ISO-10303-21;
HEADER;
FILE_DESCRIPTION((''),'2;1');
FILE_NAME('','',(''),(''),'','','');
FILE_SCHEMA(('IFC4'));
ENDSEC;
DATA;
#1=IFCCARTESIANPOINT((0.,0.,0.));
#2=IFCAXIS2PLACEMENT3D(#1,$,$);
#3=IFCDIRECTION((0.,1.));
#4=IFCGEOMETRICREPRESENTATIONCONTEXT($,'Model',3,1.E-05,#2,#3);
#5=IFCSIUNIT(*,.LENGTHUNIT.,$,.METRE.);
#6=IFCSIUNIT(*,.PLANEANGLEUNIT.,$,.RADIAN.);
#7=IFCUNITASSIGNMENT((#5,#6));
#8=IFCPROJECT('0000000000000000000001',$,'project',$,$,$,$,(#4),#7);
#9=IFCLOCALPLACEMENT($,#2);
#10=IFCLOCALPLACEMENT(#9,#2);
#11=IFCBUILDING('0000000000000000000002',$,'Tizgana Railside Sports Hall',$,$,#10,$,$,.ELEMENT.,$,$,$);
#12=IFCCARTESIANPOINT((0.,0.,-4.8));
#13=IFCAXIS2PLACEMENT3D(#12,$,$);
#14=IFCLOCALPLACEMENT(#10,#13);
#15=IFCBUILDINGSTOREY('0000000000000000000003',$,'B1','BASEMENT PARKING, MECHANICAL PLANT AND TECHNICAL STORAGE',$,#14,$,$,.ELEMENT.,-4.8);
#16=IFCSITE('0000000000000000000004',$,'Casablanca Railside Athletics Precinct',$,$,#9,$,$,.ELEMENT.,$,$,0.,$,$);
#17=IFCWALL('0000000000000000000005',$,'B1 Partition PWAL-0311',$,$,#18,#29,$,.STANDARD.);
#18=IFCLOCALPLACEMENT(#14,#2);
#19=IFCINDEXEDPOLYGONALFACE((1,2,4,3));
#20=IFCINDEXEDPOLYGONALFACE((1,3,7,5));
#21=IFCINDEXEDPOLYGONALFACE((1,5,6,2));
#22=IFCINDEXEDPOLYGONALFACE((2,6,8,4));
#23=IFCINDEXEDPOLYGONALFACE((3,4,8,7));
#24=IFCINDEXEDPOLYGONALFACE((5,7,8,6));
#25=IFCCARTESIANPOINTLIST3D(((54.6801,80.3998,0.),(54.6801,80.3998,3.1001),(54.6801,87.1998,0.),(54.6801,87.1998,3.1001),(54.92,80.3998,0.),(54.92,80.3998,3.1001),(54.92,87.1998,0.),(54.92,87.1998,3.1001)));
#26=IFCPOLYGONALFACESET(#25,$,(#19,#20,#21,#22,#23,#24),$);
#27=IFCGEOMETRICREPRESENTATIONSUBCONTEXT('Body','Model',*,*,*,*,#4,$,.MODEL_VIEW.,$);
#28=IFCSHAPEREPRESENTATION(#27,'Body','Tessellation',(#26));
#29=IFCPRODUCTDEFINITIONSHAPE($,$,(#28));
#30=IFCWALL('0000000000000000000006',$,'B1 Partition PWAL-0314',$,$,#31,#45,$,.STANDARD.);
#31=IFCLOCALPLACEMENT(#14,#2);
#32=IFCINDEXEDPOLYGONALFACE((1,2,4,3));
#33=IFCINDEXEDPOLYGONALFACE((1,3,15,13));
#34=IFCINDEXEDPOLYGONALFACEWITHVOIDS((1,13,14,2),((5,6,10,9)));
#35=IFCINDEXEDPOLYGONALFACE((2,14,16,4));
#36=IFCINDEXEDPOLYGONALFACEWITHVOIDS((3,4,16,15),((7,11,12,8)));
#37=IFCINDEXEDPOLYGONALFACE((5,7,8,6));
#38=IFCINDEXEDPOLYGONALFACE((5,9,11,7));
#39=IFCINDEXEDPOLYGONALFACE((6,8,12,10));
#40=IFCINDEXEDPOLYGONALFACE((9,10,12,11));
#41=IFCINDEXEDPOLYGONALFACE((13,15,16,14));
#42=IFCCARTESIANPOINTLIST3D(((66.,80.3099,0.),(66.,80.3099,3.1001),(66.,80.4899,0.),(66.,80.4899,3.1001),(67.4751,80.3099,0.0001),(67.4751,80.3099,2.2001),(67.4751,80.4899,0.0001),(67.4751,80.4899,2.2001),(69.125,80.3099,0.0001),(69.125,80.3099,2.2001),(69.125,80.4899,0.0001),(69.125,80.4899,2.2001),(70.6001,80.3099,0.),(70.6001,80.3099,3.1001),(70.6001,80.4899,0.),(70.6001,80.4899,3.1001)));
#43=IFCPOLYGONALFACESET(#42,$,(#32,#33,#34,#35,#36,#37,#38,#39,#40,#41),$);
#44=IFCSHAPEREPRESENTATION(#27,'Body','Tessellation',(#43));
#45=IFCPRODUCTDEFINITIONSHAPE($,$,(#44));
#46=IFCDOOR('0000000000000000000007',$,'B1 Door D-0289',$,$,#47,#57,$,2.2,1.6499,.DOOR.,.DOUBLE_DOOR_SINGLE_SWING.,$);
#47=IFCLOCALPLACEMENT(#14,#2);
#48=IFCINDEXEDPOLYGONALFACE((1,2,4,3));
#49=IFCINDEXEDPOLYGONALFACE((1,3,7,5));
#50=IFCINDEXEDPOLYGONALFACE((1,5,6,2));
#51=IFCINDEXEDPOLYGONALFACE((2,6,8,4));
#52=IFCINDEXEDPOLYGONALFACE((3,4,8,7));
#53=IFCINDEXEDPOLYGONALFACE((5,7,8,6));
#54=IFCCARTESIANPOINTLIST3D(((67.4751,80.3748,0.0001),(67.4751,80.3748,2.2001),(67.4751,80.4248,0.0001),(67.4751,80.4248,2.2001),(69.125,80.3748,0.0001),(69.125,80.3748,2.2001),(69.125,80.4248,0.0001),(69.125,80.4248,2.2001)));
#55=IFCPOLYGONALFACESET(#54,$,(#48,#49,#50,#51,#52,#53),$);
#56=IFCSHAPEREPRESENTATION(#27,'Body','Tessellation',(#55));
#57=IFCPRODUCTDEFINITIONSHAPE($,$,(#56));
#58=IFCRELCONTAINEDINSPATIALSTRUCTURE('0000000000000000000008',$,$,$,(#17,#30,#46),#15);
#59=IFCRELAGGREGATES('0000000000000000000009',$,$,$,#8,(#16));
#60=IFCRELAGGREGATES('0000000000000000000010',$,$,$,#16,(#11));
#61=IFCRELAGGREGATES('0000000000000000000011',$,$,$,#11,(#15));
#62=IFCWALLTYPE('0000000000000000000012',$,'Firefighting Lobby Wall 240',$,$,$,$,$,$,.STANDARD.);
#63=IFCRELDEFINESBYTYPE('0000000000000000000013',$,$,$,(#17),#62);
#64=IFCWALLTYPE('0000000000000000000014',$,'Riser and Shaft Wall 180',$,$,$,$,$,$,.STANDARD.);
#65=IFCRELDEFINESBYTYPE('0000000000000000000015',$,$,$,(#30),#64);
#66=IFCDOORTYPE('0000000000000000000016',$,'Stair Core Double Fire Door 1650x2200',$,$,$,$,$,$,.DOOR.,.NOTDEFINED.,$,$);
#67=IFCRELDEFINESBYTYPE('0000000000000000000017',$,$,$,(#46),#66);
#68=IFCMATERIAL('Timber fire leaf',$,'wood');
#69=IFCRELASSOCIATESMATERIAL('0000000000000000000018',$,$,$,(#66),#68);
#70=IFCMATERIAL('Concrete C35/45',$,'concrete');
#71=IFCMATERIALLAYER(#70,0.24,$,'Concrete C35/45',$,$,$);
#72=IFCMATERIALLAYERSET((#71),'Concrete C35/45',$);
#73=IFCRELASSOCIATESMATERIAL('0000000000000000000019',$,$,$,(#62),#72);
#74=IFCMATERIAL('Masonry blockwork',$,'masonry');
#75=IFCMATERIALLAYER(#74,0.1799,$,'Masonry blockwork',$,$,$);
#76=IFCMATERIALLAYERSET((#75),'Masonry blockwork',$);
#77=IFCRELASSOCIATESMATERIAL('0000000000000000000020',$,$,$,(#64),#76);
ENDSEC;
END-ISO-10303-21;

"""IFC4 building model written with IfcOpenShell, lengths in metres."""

from ifc_helpers import new_model, si_unit, direction, frame, frame_2d, origin, place, context, subcontext, project, spatial, rectangle, extrude, material, layer, layer_set, type_object, element, fill, save


model = new_model("IFC4")

# Units and contexts
model_context = context("Model", 3, precision=1e-05, world=origin(), true_north=direction((0.0, 1.0)))
body_context = subcontext(model_context, "Body", "Model", "MODEL_VIEW")
ifc_project = project(units=[si_unit("LENGTHUNIT", "METRE"), si_unit("PLANEANGLEUNIT", "RADIAN")], contexts=[model_context])

# Site, building, storey
site_placement = place(None, origin())
site = spatial("IfcSite", under=ifc_project, at=site_placement, Name="Casablanca Railside Athletics Precinct", CompositionType="ELEMENT", RefElevation=0.0)
building_placement = place(site_placement, origin())
building = spatial("IfcBuilding", under=site, at=building_placement, Name="Tizgana Railside Sports Hall", CompositionType="ELEMENT")
storey_placement = place(building_placement, frame((0.0, 0.0, -4.8)))
storey = spatial("IfcBuildingStorey", under=building, at=storey_placement, Name="B1", Description="BASEMENT PARKING, MECHANICAL PLANT AND TECHNICAL STORAGE", CompositionType="ELEMENT", Elevation=-4.8)

# Shared definitions
ifc_material_1 = material(Name="Concrete C35/45", Category="concrete")

# Shared definitions
ifc_material_2 = material(Name="Timber fire leaf", Category="wood")
door_type = type_object("IfcDoorType", Name="Stair Core Double Fire Door 1650x2200", OperationType="NOTDEFINED", PredefinedType="DOOR", material=ifc_material_2)

# Wall
ifc_layer_1 = layer(ifc_material_1, 0.24, Name="Concrete C35/45")
ifc_layer_set_1 = layer_set([ifc_layer_1], Name="Concrete C35/45")
wall_type_1 = type_object("IfcWallType", Name="Firefighting Lobby Wall 240", PredefinedType="STANDARD", material=ifc_layer_set_1)
wall_1_placement = place(storey_placement, frame((54.8, 80.3999, 0.0), z_axis=(0.0, 0.0, 1.0), x_axis=(0.0, 1.0, 0.0)))
element("IfcWall", 1, at=wall_1_placement, inside=storey, type_object=wall_type_1, Name="B1 Partition PWAL-0311", PredefinedType="STANDARD", context=body_context, shape_type="SweptSolid", body=[
    extrude(rectangle(XDim=6.8, YDim=0.24, at=frame_2d((3.3999, 0.0))), origin(), (0.0, 0.0, 1.0), 3.1001),
])

# Wall, opening, door
ifc_material_3 = material(Name="Masonry blockwork", Category="masonry")
ifc_layer_2 = layer(ifc_material_3, 0.1799, Name="Masonry blockwork")
ifc_layer_set_2 = layer_set([ifc_layer_2], Name="Masonry blockwork")
wall_type_2 = type_object("IfcWallType", Name="Riser and Shaft Wall 180", PredefinedType="STANDARD", material=ifc_layer_set_2)
wall_2_placement = place(storey_placement, frame((66.0, 80.3999, 0.0), z_axis=(0.0, 0.0, 1.0), x_axis=(1.0, 0.0, 0.0)))
wall_2 = element("IfcWall", 2, at=wall_2_placement, inside=storey, type_object=wall_type_2, Name="B1 Partition PWAL-0314", PredefinedType="STANDARD", context=body_context, shape_type="SweptSolid", body=[
    extrude(rectangle(XDim=4.6001, YDim=0.1799, at=frame_2d((2.3, 0.0))), origin(), (0.0, 0.0, 1.0), 3.1001),
])
opening_1_placement = place(wall_2_placement, frame((1.4751, 0.0, 0.0)))
opening_1 = element("IfcOpeningElement", 3, at=opening_1_placement, cuts=wall_2, PredefinedType="OPENING", context=body_context, shape_type="SweptSolid", body=[
    extrude(rectangle(XDim=1.6499, YDim=2.2, at=frame_2d((0.825, 1.1001))), frame((0.0, 0.0999, 0.0), z_axis=(0.0, -1.0, 0.0), x_axis=(1.0, 0.0, 0.0)), (0.0, 0.0, 1.0), 0.2),
])
door_1_placement = place(opening_1_placement, origin())
door_1 = element("IfcDoor", 4, at=door_1_placement, inside=storey, type_object=door_type, Name="B1 Door D-0289", OperationType="DOUBLE_DOOR_SINGLE_SWING", OverallHeight=2.2, OverallWidth=1.6499, PredefinedType="DOOR", context=body_context, shape_type="SweptSolid", body=[
    extrude(rectangle(XDim=1.6499, YDim=2.2, at=frame_2d((0.825, 1.1001))), frame((0.0, 0.0249, 0.0), z_axis=(0.0, -1.0, 0.0), x_axis=(1.0, 0.0, 0.0)), (0.0, 0.0, 1.0), 0.05),
])
fill(opening_1, door_1)

save(model, "model.ifc")
